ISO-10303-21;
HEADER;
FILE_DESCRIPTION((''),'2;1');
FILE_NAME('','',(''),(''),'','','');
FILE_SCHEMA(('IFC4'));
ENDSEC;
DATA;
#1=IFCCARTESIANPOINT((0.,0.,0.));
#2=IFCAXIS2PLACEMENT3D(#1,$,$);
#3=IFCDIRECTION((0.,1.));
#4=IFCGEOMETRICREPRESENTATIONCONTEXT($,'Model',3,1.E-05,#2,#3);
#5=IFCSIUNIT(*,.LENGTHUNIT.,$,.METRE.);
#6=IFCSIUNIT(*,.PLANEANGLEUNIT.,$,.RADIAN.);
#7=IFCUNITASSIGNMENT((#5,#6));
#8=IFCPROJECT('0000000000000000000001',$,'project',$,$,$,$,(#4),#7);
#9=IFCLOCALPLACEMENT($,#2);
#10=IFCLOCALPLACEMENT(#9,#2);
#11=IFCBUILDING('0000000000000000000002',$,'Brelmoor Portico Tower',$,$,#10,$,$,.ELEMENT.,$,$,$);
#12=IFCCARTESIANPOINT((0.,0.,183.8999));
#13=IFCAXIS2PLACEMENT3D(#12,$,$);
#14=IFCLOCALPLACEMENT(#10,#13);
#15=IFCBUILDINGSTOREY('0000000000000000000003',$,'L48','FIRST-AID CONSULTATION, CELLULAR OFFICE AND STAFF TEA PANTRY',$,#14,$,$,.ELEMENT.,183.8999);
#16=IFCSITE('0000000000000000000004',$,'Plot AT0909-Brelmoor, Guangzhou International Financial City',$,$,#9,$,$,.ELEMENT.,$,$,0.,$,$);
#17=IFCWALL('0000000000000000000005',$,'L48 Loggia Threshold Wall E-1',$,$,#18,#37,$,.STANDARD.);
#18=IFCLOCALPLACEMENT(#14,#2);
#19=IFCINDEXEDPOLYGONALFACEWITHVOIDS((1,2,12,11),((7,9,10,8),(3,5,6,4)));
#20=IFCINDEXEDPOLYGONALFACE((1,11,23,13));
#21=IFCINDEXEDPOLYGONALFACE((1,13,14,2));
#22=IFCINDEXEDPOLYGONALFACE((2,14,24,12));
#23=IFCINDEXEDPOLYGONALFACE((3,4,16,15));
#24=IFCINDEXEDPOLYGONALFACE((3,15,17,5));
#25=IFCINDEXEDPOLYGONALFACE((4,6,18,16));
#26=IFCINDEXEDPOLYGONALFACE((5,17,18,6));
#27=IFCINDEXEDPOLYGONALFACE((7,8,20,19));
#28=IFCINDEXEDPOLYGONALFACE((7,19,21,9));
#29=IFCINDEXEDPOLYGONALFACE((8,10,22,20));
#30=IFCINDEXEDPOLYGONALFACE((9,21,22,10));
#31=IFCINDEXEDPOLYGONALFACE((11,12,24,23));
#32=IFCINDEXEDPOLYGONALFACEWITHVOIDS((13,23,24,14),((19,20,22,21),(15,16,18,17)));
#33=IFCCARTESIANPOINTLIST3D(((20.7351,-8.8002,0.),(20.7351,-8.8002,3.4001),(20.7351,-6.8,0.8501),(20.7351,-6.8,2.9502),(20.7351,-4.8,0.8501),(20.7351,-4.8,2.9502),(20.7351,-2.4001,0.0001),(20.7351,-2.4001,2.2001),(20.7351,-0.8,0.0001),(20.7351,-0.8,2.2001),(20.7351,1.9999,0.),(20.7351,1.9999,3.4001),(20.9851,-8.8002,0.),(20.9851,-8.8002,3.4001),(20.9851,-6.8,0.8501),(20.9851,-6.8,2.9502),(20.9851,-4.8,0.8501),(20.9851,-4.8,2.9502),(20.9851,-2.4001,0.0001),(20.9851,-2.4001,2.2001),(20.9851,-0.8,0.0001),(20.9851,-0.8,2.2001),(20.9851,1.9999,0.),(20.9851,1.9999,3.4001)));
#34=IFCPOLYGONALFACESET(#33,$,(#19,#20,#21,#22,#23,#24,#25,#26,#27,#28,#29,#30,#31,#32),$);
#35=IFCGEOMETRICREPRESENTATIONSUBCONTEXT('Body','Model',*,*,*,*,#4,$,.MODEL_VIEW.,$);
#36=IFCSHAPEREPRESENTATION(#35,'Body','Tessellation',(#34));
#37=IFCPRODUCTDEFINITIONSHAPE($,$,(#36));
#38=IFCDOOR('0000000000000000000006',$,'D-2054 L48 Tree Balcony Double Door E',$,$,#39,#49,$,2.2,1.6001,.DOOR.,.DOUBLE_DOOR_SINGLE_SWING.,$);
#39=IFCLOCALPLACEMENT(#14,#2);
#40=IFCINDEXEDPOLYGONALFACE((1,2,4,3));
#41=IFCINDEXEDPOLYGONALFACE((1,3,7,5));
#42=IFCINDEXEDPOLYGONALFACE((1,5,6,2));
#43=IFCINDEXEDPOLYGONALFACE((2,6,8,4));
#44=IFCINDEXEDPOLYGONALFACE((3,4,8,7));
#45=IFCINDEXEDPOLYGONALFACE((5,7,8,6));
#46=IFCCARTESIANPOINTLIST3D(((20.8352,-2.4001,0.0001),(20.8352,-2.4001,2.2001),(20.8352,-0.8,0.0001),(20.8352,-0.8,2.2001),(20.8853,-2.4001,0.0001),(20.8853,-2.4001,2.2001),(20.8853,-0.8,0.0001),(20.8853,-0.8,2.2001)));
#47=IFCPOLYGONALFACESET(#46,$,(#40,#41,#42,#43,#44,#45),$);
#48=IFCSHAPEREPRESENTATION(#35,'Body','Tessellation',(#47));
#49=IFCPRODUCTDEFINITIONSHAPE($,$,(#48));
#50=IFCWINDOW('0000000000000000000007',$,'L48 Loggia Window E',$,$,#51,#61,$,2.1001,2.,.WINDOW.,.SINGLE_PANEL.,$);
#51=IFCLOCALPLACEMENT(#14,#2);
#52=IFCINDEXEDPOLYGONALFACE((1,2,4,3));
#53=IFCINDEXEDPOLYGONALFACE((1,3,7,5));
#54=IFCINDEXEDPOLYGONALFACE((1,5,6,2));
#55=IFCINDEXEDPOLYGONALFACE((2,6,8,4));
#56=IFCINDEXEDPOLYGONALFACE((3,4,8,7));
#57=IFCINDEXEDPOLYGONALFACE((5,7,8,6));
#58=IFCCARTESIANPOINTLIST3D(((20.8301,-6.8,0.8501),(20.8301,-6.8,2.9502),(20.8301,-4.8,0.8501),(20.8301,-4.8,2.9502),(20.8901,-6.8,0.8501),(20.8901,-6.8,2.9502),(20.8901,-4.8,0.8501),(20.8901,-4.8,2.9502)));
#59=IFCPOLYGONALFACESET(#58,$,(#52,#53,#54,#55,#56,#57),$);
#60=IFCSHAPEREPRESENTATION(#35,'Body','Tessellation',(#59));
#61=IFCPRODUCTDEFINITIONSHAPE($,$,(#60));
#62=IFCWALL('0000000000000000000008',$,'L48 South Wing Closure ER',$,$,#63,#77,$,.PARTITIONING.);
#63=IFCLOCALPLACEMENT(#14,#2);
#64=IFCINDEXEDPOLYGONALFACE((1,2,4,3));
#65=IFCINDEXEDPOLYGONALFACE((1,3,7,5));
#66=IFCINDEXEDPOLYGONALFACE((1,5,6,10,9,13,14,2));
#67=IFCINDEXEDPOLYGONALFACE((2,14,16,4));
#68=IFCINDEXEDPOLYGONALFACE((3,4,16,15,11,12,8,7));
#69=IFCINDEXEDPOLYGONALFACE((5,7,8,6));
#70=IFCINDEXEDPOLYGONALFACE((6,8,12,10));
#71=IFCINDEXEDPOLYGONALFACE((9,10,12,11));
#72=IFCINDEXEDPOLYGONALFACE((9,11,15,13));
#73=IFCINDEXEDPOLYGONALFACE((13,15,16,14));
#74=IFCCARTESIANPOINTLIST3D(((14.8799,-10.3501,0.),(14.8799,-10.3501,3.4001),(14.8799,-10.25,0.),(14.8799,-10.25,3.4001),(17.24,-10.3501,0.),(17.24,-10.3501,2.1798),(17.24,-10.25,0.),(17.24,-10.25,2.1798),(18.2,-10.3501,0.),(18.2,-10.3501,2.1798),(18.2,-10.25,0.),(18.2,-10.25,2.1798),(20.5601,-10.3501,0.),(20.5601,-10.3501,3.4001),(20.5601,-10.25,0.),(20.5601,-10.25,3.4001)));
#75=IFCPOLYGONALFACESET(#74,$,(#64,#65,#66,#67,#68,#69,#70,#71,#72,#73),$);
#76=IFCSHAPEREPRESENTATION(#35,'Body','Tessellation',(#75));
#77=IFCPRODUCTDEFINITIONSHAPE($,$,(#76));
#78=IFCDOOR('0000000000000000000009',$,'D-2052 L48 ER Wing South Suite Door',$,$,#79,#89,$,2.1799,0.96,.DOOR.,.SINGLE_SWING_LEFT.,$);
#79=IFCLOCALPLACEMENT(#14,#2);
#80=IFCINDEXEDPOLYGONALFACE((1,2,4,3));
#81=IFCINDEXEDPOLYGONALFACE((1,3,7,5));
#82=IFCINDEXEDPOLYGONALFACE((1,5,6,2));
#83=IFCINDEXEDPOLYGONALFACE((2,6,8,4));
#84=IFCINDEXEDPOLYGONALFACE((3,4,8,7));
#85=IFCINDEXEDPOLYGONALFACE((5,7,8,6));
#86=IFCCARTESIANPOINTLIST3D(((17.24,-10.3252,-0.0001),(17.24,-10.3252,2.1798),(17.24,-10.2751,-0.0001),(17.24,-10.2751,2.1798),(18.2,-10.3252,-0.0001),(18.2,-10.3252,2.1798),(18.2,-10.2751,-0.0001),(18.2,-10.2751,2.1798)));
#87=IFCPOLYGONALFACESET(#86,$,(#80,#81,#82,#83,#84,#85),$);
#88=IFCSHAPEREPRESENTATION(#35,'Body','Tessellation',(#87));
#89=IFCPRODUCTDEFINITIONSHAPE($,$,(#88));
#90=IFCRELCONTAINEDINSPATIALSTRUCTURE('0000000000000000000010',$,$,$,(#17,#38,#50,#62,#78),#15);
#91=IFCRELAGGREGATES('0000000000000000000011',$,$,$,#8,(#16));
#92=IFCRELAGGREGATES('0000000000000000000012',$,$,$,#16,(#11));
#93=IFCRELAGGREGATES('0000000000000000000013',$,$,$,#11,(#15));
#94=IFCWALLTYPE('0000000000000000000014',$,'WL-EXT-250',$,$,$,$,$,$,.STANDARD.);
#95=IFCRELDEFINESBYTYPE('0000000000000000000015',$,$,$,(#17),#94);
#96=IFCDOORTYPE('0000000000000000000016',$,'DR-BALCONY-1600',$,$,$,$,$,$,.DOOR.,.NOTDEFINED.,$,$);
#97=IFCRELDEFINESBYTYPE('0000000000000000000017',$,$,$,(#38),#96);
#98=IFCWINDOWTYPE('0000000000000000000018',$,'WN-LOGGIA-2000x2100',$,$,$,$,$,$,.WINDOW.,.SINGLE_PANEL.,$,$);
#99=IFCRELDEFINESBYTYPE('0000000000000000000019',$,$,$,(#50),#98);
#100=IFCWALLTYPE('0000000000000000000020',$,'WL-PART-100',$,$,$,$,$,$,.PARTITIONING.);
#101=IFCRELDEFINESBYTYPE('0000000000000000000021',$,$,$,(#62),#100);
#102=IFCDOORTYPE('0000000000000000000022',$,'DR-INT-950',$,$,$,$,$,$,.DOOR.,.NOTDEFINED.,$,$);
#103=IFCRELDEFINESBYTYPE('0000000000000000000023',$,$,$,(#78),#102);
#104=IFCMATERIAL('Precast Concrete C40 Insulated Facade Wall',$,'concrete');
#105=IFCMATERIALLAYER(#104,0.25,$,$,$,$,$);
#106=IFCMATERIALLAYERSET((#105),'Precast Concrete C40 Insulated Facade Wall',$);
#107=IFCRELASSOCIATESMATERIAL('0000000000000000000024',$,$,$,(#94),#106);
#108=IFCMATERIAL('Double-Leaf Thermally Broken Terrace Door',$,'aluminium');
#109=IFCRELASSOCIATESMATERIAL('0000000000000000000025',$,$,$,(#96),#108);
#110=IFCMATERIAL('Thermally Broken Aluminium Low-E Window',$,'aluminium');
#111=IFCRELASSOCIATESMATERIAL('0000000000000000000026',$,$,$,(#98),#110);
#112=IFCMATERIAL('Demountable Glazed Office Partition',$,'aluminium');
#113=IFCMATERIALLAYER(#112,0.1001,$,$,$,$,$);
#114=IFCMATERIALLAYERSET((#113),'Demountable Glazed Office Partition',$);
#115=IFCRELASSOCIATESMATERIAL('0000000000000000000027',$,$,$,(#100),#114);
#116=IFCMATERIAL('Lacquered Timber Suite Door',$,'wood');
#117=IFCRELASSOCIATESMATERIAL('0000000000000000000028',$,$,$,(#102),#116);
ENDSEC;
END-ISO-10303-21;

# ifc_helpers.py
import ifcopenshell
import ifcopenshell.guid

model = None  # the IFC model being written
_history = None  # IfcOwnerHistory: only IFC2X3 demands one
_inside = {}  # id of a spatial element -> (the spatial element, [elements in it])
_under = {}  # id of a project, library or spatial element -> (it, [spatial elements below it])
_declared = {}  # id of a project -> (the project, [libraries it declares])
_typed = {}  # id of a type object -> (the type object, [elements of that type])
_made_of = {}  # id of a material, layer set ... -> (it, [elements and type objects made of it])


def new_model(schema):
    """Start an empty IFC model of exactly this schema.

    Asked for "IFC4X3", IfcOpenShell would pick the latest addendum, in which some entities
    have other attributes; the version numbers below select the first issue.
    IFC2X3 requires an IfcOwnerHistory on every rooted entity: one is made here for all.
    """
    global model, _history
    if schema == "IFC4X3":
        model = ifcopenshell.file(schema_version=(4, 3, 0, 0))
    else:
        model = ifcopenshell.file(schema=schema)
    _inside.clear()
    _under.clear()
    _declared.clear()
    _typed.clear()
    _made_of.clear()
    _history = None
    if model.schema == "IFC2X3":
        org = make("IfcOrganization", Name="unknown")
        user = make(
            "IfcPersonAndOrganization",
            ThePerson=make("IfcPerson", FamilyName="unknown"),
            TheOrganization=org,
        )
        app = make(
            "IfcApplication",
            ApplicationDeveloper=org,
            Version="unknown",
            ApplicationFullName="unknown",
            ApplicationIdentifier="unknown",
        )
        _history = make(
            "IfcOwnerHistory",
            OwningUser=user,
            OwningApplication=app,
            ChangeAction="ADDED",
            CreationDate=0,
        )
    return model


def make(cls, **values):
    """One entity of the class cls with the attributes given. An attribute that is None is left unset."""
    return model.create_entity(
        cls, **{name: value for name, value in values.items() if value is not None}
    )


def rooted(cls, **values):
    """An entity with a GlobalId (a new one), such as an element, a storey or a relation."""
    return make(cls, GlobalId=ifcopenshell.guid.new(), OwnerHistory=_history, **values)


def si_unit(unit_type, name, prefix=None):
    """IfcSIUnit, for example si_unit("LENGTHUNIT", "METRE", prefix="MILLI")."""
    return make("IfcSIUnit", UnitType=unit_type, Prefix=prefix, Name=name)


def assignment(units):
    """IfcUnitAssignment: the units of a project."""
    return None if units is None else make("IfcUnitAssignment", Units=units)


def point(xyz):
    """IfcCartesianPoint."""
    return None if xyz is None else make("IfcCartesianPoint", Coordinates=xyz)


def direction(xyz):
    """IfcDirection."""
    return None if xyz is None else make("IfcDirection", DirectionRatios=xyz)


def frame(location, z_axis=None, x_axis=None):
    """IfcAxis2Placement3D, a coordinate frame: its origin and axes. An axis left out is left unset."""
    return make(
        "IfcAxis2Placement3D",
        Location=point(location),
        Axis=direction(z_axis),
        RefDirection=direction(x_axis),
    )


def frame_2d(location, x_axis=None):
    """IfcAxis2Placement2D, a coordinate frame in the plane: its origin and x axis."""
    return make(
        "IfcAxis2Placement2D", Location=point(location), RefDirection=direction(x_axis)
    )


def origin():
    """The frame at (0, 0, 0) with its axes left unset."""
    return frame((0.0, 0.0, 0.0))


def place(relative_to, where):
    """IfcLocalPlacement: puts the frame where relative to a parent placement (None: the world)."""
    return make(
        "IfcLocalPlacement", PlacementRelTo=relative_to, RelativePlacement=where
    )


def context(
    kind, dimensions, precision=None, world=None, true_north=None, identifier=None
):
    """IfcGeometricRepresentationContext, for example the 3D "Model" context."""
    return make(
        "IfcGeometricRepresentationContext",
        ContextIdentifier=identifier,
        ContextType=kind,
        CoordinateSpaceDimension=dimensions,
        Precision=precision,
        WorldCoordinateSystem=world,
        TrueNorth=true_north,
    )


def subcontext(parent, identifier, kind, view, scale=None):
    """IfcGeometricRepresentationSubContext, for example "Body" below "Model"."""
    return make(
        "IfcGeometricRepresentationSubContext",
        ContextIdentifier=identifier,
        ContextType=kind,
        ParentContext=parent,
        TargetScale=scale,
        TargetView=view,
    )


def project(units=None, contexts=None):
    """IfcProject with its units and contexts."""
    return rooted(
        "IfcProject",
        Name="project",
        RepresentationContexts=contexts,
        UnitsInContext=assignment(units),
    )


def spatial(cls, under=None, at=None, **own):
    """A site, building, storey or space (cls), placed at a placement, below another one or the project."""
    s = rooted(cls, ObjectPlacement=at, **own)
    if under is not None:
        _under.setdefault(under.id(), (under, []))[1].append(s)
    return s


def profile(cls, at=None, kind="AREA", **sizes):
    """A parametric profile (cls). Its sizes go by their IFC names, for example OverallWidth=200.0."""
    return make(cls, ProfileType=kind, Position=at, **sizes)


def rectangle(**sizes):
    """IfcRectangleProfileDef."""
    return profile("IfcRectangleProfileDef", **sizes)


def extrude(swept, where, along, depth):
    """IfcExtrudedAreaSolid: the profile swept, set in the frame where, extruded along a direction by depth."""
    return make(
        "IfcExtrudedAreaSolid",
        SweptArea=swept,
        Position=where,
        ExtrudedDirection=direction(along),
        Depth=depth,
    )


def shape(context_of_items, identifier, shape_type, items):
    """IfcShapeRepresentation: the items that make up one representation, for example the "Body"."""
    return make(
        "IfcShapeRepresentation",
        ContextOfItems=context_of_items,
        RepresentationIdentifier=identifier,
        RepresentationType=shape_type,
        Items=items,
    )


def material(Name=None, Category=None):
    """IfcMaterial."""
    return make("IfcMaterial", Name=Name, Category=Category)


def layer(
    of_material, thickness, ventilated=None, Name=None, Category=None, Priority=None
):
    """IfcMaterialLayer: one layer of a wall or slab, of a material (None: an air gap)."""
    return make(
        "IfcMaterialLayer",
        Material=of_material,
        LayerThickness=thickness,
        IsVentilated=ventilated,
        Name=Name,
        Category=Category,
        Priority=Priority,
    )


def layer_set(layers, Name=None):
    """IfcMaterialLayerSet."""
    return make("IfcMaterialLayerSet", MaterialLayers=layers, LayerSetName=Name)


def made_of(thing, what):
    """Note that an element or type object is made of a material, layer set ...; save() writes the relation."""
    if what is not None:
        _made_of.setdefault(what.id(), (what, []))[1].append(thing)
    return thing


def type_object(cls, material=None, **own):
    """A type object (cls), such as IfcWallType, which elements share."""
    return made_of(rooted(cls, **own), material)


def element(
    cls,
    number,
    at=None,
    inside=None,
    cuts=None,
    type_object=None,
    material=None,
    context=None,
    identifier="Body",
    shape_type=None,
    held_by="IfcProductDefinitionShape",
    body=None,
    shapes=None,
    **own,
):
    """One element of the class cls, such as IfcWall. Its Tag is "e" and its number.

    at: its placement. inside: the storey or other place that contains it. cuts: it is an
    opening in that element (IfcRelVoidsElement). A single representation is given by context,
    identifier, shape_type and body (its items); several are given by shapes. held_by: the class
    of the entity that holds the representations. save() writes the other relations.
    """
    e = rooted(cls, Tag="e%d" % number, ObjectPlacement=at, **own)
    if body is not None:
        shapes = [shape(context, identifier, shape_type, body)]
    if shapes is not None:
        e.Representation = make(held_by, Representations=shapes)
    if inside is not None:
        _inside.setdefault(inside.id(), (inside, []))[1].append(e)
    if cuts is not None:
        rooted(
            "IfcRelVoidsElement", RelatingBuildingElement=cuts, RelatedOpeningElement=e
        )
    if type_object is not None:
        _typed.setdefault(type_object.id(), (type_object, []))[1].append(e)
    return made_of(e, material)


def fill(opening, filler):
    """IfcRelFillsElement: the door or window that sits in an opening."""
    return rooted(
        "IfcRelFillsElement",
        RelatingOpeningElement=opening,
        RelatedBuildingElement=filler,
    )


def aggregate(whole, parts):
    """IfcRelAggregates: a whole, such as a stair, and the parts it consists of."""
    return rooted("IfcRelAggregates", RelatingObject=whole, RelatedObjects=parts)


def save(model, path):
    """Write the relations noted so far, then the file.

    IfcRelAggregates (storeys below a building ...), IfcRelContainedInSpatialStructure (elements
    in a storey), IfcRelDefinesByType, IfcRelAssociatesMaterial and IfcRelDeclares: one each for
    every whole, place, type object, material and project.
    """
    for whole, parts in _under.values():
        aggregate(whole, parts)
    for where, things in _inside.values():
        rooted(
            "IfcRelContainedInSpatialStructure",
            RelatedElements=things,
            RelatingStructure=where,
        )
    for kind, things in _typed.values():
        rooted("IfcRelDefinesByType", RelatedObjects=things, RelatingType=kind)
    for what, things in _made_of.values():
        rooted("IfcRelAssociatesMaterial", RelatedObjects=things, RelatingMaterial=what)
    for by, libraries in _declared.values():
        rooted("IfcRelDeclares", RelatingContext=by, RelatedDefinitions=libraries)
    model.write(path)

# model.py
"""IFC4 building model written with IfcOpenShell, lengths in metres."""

from ifc_helpers import new_model, si_unit, direction, frame, frame_2d, origin, place, context, subcontext, project, spatial, rectangle, extrude, material, layer, layer_set, type_object, element, fill, save


model = new_model("IFC4")

# Units and contexts
model_context = context("Model", 3, precision=1e-05, world=origin(), true_north=direction((0.0, 1.0)))
body_context = subcontext(model_context, "Body", "Model", "MODEL_VIEW")
ifc_project = project(units=[si_unit("LENGTHUNIT", "METRE"), si_unit("PLANEANGLEUNIT", "RADIAN")], contexts=[model_context])

# Site, building, storey
site_placement = place(None, origin())
site = spatial("IfcSite", under=ifc_project, at=site_placement, Name="Plot AT0909-Brelmoor, Guangzhou International Financial City", CompositionType="ELEMENT", RefElevation=0.0)
building_placement = place(site_placement, origin())
building = spatial("IfcBuilding", under=site, at=building_placement, Name="Brelmoor Portico Tower", CompositionType="ELEMENT")
storey_placement = place(building_placement, frame((0.0, 0.0, 183.8999)))
storey = spatial("IfcBuildingStorey", under=building, at=storey_placement, Name="L48", Description="FIRST-AID CONSULTATION, CELLULAR OFFICE AND STAFF TEA PANTRY", CompositionType="ELEMENT", Elevation=183.8999)

# Wall, openings, door, window
ifc_material_1 = material(Name="Precast Concrete C40 Insulated Facade Wall", Category="concrete")
ifc_layer_1 = layer(ifc_material_1, 0.25)
ifc_layer_set_1 = layer_set([ifc_layer_1], Name="Precast Concrete C40 Insulated Facade Wall")
wall_type_1 = type_object("IfcWallType", Name="WL-EXT-250", PredefinedType="STANDARD", material=ifc_layer_set_1)
wall_1_placement = place(storey_placement, frame((20.8601, -8.8, 0.0), z_axis=(0.0, 0.0, 1.0), x_axis=(0.0, 1.0, 0.0)))
wall_1 = element("IfcWall", 1, at=wall_1_placement, inside=storey, type_object=wall_type_1, Name="L48 Loggia Threshold Wall E-1", PredefinedType="STANDARD", context=body_context, shape_type="SweptSolid", body=[
    extrude(rectangle(XDim=10.8, YDim=0.25, at=frame_2d((5.3999, 0.0))), origin(), (0.0, 0.0, 1.0), 3.4001),
])
opening_1_placement = place(wall_1_placement, frame((6.3999, 0.0, 0.0)))
opening_1 = element("IfcOpeningElement", 2, at=opening_1_placement, cuts=wall_1, PredefinedType="OPENING", context=body_context, shape_type="SweptSolid", body=[
    extrude(rectangle(XDim=1.6001, YDim=2.2, at=frame_2d((0.8, 1.1001))), frame((0.0, 0.135, 0.0), z_axis=(0.0, -1.0, 0.0), x_axis=(1.0, 0.0, 0.0)), (0.0, 0.0, 1.0), 0.27),
])
opening_2_placement = place(wall_1_placement, frame((2.0, 0.0, 0.8501)))
opening_2 = element("IfcOpeningElement", 3, at=opening_2_placement, cuts=wall_1, PredefinedType="OPENING", context=body_context, shape_type="SweptSolid", body=[
    extrude(rectangle(XDim=2.0, YDim=2.1001, at=frame_2d((1.0, 1.05))), frame((0.0, 0.135, 0.0), z_axis=(0.0, -1.0, 0.0), x_axis=(1.0, 0.0, 0.0)), (0.0, 0.0, 1.0), 0.27),
])
ifc_material_2 = material(Name="Double-Leaf Thermally Broken Terrace Door", Category="aluminium")
door_type_1 = type_object("IfcDoorType", Name="DR-BALCONY-1600", OperationType="NOTDEFINED", PredefinedType="DOOR", material=ifc_material_2)
door_1_placement = place(opening_1_placement, origin())
door_1 = element("IfcDoor", 4, at=door_1_placement, inside=storey, type_object=door_type_1, Name="D-2054 L48 Tree Balcony Double Door E", OperationType="DOUBLE_DOOR_SINGLE_SWING", OverallHeight=2.2, OverallWidth=1.6001, PredefinedType="DOOR", context=body_context, shape_type="SweptSolid", body=[
    extrude(rectangle(XDim=1.6001, YDim=2.2, at=frame_2d((0.8, 1.1001))), frame((0.0, 0.0249, 0.0), z_axis=(0.0, -1.0, 0.0), x_axis=(1.0, 0.0, 0.0)), (0.0, 0.0, 1.0), 0.05),
])
fill(opening_1, door_1)
ifc_material_3 = material(Name="Thermally Broken Aluminium Low-E Window", Category="aluminium")
window_type = type_object("IfcWindowType", Name="WN-LOGGIA-2000x2100", PartitioningType="SINGLE_PANEL", PredefinedType="WINDOW", material=ifc_material_3)
window_placement = place(opening_2_placement, origin())
window = element("IfcWindow", 5, at=window_placement, inside=storey, type_object=window_type, Name="L48 Loggia Window E", OverallHeight=2.1001, OverallWidth=2.0, PartitioningType="SINGLE_PANEL", PredefinedType="WINDOW", context=body_context, shape_type="SweptSolid", body=[
    extrude(rectangle(XDim=2.0, YDim=2.1001, at=frame_2d((1.0, 1.05))), frame((0.0, 0.03, 0.0), z_axis=(0.0, -1.0, 0.0), x_axis=(1.0, 0.0, 0.0)), (0.0, 0.0, 1.0), 0.0601),
])
fill(opening_2, window)

# Wall, opening, door
ifc_material_4 = material(Name="Demountable Glazed Office Partition", Category="aluminium")
ifc_layer_2 = layer(ifc_material_4, 0.1001)
ifc_layer_set_2 = layer_set([ifc_layer_2], Name="Demountable Glazed Office Partition")
wall_type_2 = type_object("IfcWallType", Name="WL-PART-100", PredefinedType="PARTITIONING", material=ifc_layer_set_2)
wall_2_placement = place(storey_placement, frame((14.8799, -10.3, 0.0), z_axis=(0.0, 0.0, 1.0), x_axis=(1.0, 0.0, 0.0)))
wall_2 = element("IfcWall", 6, at=wall_2_placement, inside=storey, type_object=wall_type_2, Name="L48 South Wing Closure ER", PredefinedType="PARTITIONING", context=body_context, shape_type="SweptSolid", body=[
    extrude(rectangle(XDim=5.6802, YDim=0.1001, at=frame_2d((2.8401, 0.0))), origin(), (0.0, 0.0, 1.0), 3.4001),
])
opening_3_placement = place(wall_2_placement, frame((2.3601, 0.0, 0.0)))
opening_3 = element("IfcOpeningElement", 7, at=opening_3_placement, cuts=wall_2, PredefinedType="OPENING", context=body_context, shape_type="SweptSolid", body=[
    extrude(rectangle(XDim=0.96, YDim=2.1799, at=frame_2d((0.48, 1.0898))), frame((0.0, 0.0601, 0.0), z_axis=(0.0, -1.0, 0.0), x_axis=(1.0, 0.0, 0.0)), (0.0, 0.0, 1.0), 0.1201),
])
ifc_material_5 = material(Name="Lacquered Timber Suite Door", Category="wood")
door_type_2 = type_object("IfcDoorType", Name="DR-INT-950", OperationType="NOTDEFINED", PredefinedType="DOOR", material=ifc_material_5)
door_2_placement = place(opening_3_placement, origin())
door_2 = element("IfcDoor", 8, at=door_2_placement, inside=storey, type_object=door_type_2, Name="D-2052 L48 ER Wing South Suite Door", OperationType="SINGLE_SWING_LEFT", OverallHeight=2.1799, OverallWidth=0.96, PredefinedType="DOOR", context=body_context, shape_type="SweptSolid", body=[
    extrude(rectangle(XDim=0.96, YDim=2.1799, at=frame_2d((0.48, 1.0898))), frame((0.0, 0.0249, 0.0), z_axis=(0.0, -1.0, 0.0), x_axis=(1.0, 0.0, 0.0)), (0.0, 0.0, 1.0), 0.05),
])
fill(opening_3, door_2)

save(model, "model.ifc")
